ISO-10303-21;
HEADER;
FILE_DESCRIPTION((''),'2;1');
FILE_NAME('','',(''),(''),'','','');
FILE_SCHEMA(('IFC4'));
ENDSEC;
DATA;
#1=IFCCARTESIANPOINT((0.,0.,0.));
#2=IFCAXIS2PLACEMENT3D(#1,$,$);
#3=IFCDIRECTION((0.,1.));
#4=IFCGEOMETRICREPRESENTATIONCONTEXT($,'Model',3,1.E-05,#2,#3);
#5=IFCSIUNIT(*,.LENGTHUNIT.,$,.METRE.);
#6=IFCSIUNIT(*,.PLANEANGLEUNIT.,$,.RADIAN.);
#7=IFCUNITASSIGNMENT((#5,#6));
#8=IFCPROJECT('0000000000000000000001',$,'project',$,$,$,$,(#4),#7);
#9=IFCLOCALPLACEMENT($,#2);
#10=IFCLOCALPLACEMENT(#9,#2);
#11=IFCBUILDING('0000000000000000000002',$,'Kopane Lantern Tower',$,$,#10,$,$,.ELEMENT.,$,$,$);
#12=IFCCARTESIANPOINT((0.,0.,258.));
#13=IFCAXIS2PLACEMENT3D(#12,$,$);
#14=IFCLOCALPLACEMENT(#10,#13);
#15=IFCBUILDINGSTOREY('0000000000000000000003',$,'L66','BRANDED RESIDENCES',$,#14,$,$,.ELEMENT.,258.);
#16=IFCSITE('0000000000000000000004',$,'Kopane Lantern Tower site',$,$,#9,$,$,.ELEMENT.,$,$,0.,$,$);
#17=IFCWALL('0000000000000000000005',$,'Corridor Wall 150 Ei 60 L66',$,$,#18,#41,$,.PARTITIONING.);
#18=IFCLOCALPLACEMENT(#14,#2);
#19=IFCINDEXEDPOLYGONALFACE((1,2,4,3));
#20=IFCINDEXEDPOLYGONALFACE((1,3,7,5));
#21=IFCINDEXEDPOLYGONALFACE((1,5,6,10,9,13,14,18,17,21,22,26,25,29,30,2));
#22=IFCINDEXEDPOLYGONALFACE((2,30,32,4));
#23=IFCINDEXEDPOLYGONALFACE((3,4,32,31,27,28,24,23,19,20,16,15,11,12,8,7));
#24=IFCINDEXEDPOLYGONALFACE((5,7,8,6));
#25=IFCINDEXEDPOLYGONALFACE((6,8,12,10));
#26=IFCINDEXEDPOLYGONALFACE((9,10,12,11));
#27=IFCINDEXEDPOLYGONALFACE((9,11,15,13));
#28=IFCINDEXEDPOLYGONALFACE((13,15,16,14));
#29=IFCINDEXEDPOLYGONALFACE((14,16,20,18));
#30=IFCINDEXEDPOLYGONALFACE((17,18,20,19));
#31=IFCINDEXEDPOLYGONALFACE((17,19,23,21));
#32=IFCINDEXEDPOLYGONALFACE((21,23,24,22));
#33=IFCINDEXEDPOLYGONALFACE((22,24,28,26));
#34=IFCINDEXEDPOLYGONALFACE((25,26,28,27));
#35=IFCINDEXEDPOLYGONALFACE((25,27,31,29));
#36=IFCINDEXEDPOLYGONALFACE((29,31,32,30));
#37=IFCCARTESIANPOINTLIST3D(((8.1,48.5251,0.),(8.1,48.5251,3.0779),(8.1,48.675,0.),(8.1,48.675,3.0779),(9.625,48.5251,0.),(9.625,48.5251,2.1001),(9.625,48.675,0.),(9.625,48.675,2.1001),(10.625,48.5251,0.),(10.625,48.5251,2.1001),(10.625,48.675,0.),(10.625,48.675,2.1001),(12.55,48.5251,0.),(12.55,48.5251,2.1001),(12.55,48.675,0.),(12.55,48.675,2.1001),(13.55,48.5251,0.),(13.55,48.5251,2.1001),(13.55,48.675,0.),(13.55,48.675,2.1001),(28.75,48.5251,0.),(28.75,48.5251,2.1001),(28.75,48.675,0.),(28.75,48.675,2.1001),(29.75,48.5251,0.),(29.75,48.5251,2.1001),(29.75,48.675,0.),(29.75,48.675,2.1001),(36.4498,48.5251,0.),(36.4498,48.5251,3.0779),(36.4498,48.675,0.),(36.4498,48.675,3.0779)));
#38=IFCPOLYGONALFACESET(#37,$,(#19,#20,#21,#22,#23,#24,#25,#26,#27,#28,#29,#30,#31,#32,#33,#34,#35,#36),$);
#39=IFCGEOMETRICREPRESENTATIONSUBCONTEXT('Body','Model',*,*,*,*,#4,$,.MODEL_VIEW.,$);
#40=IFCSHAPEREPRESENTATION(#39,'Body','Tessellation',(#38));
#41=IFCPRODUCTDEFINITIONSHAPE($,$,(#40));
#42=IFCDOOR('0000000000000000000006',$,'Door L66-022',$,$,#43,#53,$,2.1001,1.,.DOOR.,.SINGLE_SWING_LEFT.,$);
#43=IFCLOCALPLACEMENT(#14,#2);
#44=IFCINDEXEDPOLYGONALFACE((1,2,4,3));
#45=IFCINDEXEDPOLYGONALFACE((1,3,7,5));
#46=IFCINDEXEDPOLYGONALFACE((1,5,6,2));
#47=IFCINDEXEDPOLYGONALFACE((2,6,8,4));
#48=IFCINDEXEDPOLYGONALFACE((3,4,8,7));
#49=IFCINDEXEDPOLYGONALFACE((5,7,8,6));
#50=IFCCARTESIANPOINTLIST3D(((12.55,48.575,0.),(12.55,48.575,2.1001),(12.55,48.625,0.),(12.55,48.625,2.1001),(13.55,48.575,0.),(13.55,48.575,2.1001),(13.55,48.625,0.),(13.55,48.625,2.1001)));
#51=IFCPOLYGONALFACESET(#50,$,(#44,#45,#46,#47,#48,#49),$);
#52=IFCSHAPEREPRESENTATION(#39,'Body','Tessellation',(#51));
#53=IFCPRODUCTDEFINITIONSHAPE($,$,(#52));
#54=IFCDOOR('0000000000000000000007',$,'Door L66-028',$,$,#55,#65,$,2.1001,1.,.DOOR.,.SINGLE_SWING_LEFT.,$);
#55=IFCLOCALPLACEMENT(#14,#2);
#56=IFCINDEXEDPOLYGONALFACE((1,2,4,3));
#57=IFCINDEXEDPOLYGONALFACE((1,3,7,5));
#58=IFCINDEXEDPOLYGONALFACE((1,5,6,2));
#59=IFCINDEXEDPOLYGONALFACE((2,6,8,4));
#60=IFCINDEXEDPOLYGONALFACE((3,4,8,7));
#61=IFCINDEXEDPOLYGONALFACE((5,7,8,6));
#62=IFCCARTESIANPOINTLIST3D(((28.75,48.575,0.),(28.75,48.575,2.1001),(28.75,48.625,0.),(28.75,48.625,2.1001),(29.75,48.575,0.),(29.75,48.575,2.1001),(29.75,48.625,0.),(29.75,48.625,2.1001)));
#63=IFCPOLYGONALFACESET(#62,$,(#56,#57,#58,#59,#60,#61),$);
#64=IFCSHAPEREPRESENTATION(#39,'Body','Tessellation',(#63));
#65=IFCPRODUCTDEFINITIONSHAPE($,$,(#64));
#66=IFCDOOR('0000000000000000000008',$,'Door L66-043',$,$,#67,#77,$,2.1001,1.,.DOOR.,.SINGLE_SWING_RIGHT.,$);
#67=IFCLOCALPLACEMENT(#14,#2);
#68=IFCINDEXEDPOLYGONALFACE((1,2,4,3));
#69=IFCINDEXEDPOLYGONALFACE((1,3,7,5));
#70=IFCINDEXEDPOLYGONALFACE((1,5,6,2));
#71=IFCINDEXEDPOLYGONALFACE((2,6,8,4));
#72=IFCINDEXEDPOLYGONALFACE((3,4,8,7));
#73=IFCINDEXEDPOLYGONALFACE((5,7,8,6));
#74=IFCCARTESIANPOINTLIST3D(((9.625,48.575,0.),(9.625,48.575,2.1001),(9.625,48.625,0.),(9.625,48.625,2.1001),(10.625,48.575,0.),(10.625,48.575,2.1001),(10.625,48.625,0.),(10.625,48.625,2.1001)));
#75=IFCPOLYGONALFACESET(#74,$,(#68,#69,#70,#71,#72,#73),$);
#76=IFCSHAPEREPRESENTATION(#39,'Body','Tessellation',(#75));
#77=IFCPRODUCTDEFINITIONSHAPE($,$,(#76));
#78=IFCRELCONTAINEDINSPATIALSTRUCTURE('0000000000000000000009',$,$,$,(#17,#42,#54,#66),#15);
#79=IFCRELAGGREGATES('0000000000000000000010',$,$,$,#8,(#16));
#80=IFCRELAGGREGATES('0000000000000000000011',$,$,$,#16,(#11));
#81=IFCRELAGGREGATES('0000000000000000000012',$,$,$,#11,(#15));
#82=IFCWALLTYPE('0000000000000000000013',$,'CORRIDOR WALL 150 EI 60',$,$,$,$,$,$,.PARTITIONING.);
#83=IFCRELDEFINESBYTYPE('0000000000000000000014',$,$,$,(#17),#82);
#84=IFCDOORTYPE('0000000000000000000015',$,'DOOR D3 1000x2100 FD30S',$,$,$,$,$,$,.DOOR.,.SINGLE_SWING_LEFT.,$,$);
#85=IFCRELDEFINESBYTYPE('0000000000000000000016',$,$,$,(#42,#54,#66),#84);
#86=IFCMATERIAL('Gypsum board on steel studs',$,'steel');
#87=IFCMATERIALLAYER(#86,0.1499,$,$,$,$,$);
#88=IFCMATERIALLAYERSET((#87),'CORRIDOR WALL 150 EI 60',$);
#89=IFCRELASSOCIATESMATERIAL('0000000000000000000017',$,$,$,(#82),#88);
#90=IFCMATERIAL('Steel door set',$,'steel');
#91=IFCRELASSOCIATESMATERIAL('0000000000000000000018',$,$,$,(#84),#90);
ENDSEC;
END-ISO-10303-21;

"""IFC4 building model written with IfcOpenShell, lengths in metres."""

from ifc_helpers import new_model, si_unit, direction, frame, frame_2d, origin, place, context, subcontext, project, spatial, rectangle, extrude, material, layer, layer_set, type_object, element, fill, save


model = new_model("IFC4")

# Units and contexts
model_context = context("Model", 3, precision=1e-05, world=origin(), true_north=direction((0.0, 1.0)))
body_context = subcontext(model_context, "Body", "Model", "MODEL_VIEW")
ifc_project = project(units=[si_unit("LENGTHUNIT", "METRE"), si_unit("PLANEANGLEUNIT", "RADIAN")], contexts=[model_context])

# Site, building, storey
site_placement = place(None, origin())
site = spatial("IfcSite", under=ifc_project, at=site_placement, Name="Kopane Lantern Tower site", CompositionType="ELEMENT", RefElevation=0.0)
building_placement = place(site_placement, origin())
building = spatial("IfcBuilding", under=site, at=building_placement, Name="Kopane Lantern Tower", CompositionType="ELEMENT")
storey_placement = place(building_placement, frame((0.0, 0.0, 258.0)))
storey = spatial("IfcBuildingStorey", under=building, at=storey_placement, Name="L66", Description="BRANDED RESIDENCES", CompositionType="ELEMENT", Elevation=258.0)

# Wall, openings, doors
ifc_material_1 = material(Name="Gypsum board on steel studs", Category="steel")
ifc_layer_1 = layer(ifc_material_1, 0.1499)
ifc_layer_set_1 = layer_set([ifc_layer_1], Name="CORRIDOR WALL 150 EI 60")
wall_type_1 = type_object("IfcWallType", Name="CORRIDOR WALL 150 EI 60", PredefinedType="PARTITIONING", material=ifc_layer_set_1)
wall_1_placement = place(storey_placement, frame((8.1001, 48.6001, 0.0), z_axis=(0.0, 0.0, 1.0), x_axis=(1.0, 0.0, 0.0)))
wall_1 = element("IfcWall", 1, at=wall_1_placement, inside=storey, type_object=wall_type_1, Name="Corridor Wall 150 Ei 60 L66", PredefinedType="PARTITIONING", context=body_context, shape_type="SweptSolid", body=[
    extrude(rectangle(XDim=28.3499, YDim=0.1499, at=frame_2d((14.1748, 0.0))), origin(), (0.0, 0.0, 1.0), 3.0779),
])
opening_1_placement = place(wall_1_placement, frame((4.45, 0.0, 0.0)))
opening_1 = element("IfcOpeningElement", 2, at=opening_1_placement, cuts=wall_1, PredefinedType="OPENING", context=body_context, shape_type="SweptSolid", body=[
    extrude(rectangle(XDim=1.0, YDim=2.1001, at=frame_2d((0.5, 1.05))), frame((0.0, 0.085, 0.0), z_axis=(0.0, -1.0, 0.0), x_axis=(1.0, 0.0, 0.0)), (0.0, 0.0, 1.0), 0.1699),
])
opening_2_placement = place(wall_1_placement, frame((20.6499, 0.0, 0.0)))
opening_2 = element("IfcOpeningElement", 3, at=opening_2_placement, cuts=wall_1, PredefinedType="OPENING", context=body_context, shape_type="SweptSolid", body=[
    extrude(rectangle(XDim=1.0, YDim=2.1001, at=frame_2d((0.5, 1.05))), frame((0.0, 0.085, 0.0), z_axis=(0.0, -1.0, 0.0), x_axis=(1.0, 0.0, 0.0)), (0.0, 0.0, 1.0), 0.1699),
])
opening_3_placement = place(wall_1_placement, frame((1.5249, 0.0, 0.0)))
opening_3 = element("IfcOpeningElement", 4, at=opening_3_placement, cuts=wall_1, PredefinedType="OPENING", context=body_context, shape_type="SweptSolid", body=[
    extrude(rectangle(XDim=1.0, YDim=2.1001, at=frame_2d((0.5, 1.05))), frame((0.0, 0.085, 0.0), z_axis=(0.0, -1.0, 0.0), x_axis=(1.0, 0.0, 0.0)), (0.0, 0.0, 1.0), 0.1699),
])
ifc_material_2 = material(Name="Steel door set", Category="steel")
door_type_1 = type_object("IfcDoorType", Name="DOOR D3 1000x2100 FD30S", OperationType="SINGLE_SWING_LEFT", PredefinedType="DOOR", material=ifc_material_2)
door_1_placement = place(opening_1_placement, origin())
door_1 = element("IfcDoor", 5, at=door_1_placement, inside=storey, type_object=door_type_1, Name="Door L66-022", OperationType="SINGLE_SWING_LEFT", OverallHeight=2.1001, OverallWidth=1.0, PredefinedType="DOOR", context=body_context, shape_type="SweptSolid", body=[
    extrude(rectangle(XDim=1.0, YDim=2.1001, at=frame_2d((0.5, 1.05))), frame((0.0, 0.0249, 0.0), z_axis=(0.0, -1.0, 0.0), x_axis=(1.0, 0.0, 0.0)), (0.0, 0.0, 1.0), 0.05),
])
fill(opening_1, door_1)
door_2_placement = place(opening_2_placement, origin())
door_2 = element("IfcDoor", 6, at=door_2_placement, inside=storey, type_object=door_type_1, Name="Door L66-028", OperationType="SINGLE_SWING_LEFT", OverallHeight=2.1001, OverallWidth=1.0, PredefinedType="DOOR", context=body_context, shape_type="SweptSolid", body=[
    extrude(rectangle(XDim=1.0, YDim=2.1001, at=frame_2d((0.5, 1.05))), frame((0.0, 0.0249, 0.0), z_axis=(0.0, -1.0, 0.0), x_axis=(1.0, 0.0, 0.0)), (0.0, 0.0, 1.0), 0.05),
])
fill(opening_2, door_2)
door_3_placement = place(opening_3_placement, origin())
door_3 = element("IfcDoor", 7, at=door_3_placement, inside=storey, type_object=door_type_1, Name="Door L66-043", OperationType="SINGLE_SWING_RIGHT", OverallHeight=2.1001, OverallWidth=1.0, PredefinedType="DOOR", context=body_context, shape_type="SweptSolid", body=[
    extrude(rectangle(XDim=1.0, YDim=2.1001, at=frame_2d((0.5, 1.05))), frame((0.0, 0.0249, 0.0), z_axis=(0.0, -1.0, 0.0), x_axis=(1.0, 0.0, 0.0)), (0.0, 0.0, 1.0), 0.05),
])
fill(opening_3, door_3)

save(model, "model.ifc")
